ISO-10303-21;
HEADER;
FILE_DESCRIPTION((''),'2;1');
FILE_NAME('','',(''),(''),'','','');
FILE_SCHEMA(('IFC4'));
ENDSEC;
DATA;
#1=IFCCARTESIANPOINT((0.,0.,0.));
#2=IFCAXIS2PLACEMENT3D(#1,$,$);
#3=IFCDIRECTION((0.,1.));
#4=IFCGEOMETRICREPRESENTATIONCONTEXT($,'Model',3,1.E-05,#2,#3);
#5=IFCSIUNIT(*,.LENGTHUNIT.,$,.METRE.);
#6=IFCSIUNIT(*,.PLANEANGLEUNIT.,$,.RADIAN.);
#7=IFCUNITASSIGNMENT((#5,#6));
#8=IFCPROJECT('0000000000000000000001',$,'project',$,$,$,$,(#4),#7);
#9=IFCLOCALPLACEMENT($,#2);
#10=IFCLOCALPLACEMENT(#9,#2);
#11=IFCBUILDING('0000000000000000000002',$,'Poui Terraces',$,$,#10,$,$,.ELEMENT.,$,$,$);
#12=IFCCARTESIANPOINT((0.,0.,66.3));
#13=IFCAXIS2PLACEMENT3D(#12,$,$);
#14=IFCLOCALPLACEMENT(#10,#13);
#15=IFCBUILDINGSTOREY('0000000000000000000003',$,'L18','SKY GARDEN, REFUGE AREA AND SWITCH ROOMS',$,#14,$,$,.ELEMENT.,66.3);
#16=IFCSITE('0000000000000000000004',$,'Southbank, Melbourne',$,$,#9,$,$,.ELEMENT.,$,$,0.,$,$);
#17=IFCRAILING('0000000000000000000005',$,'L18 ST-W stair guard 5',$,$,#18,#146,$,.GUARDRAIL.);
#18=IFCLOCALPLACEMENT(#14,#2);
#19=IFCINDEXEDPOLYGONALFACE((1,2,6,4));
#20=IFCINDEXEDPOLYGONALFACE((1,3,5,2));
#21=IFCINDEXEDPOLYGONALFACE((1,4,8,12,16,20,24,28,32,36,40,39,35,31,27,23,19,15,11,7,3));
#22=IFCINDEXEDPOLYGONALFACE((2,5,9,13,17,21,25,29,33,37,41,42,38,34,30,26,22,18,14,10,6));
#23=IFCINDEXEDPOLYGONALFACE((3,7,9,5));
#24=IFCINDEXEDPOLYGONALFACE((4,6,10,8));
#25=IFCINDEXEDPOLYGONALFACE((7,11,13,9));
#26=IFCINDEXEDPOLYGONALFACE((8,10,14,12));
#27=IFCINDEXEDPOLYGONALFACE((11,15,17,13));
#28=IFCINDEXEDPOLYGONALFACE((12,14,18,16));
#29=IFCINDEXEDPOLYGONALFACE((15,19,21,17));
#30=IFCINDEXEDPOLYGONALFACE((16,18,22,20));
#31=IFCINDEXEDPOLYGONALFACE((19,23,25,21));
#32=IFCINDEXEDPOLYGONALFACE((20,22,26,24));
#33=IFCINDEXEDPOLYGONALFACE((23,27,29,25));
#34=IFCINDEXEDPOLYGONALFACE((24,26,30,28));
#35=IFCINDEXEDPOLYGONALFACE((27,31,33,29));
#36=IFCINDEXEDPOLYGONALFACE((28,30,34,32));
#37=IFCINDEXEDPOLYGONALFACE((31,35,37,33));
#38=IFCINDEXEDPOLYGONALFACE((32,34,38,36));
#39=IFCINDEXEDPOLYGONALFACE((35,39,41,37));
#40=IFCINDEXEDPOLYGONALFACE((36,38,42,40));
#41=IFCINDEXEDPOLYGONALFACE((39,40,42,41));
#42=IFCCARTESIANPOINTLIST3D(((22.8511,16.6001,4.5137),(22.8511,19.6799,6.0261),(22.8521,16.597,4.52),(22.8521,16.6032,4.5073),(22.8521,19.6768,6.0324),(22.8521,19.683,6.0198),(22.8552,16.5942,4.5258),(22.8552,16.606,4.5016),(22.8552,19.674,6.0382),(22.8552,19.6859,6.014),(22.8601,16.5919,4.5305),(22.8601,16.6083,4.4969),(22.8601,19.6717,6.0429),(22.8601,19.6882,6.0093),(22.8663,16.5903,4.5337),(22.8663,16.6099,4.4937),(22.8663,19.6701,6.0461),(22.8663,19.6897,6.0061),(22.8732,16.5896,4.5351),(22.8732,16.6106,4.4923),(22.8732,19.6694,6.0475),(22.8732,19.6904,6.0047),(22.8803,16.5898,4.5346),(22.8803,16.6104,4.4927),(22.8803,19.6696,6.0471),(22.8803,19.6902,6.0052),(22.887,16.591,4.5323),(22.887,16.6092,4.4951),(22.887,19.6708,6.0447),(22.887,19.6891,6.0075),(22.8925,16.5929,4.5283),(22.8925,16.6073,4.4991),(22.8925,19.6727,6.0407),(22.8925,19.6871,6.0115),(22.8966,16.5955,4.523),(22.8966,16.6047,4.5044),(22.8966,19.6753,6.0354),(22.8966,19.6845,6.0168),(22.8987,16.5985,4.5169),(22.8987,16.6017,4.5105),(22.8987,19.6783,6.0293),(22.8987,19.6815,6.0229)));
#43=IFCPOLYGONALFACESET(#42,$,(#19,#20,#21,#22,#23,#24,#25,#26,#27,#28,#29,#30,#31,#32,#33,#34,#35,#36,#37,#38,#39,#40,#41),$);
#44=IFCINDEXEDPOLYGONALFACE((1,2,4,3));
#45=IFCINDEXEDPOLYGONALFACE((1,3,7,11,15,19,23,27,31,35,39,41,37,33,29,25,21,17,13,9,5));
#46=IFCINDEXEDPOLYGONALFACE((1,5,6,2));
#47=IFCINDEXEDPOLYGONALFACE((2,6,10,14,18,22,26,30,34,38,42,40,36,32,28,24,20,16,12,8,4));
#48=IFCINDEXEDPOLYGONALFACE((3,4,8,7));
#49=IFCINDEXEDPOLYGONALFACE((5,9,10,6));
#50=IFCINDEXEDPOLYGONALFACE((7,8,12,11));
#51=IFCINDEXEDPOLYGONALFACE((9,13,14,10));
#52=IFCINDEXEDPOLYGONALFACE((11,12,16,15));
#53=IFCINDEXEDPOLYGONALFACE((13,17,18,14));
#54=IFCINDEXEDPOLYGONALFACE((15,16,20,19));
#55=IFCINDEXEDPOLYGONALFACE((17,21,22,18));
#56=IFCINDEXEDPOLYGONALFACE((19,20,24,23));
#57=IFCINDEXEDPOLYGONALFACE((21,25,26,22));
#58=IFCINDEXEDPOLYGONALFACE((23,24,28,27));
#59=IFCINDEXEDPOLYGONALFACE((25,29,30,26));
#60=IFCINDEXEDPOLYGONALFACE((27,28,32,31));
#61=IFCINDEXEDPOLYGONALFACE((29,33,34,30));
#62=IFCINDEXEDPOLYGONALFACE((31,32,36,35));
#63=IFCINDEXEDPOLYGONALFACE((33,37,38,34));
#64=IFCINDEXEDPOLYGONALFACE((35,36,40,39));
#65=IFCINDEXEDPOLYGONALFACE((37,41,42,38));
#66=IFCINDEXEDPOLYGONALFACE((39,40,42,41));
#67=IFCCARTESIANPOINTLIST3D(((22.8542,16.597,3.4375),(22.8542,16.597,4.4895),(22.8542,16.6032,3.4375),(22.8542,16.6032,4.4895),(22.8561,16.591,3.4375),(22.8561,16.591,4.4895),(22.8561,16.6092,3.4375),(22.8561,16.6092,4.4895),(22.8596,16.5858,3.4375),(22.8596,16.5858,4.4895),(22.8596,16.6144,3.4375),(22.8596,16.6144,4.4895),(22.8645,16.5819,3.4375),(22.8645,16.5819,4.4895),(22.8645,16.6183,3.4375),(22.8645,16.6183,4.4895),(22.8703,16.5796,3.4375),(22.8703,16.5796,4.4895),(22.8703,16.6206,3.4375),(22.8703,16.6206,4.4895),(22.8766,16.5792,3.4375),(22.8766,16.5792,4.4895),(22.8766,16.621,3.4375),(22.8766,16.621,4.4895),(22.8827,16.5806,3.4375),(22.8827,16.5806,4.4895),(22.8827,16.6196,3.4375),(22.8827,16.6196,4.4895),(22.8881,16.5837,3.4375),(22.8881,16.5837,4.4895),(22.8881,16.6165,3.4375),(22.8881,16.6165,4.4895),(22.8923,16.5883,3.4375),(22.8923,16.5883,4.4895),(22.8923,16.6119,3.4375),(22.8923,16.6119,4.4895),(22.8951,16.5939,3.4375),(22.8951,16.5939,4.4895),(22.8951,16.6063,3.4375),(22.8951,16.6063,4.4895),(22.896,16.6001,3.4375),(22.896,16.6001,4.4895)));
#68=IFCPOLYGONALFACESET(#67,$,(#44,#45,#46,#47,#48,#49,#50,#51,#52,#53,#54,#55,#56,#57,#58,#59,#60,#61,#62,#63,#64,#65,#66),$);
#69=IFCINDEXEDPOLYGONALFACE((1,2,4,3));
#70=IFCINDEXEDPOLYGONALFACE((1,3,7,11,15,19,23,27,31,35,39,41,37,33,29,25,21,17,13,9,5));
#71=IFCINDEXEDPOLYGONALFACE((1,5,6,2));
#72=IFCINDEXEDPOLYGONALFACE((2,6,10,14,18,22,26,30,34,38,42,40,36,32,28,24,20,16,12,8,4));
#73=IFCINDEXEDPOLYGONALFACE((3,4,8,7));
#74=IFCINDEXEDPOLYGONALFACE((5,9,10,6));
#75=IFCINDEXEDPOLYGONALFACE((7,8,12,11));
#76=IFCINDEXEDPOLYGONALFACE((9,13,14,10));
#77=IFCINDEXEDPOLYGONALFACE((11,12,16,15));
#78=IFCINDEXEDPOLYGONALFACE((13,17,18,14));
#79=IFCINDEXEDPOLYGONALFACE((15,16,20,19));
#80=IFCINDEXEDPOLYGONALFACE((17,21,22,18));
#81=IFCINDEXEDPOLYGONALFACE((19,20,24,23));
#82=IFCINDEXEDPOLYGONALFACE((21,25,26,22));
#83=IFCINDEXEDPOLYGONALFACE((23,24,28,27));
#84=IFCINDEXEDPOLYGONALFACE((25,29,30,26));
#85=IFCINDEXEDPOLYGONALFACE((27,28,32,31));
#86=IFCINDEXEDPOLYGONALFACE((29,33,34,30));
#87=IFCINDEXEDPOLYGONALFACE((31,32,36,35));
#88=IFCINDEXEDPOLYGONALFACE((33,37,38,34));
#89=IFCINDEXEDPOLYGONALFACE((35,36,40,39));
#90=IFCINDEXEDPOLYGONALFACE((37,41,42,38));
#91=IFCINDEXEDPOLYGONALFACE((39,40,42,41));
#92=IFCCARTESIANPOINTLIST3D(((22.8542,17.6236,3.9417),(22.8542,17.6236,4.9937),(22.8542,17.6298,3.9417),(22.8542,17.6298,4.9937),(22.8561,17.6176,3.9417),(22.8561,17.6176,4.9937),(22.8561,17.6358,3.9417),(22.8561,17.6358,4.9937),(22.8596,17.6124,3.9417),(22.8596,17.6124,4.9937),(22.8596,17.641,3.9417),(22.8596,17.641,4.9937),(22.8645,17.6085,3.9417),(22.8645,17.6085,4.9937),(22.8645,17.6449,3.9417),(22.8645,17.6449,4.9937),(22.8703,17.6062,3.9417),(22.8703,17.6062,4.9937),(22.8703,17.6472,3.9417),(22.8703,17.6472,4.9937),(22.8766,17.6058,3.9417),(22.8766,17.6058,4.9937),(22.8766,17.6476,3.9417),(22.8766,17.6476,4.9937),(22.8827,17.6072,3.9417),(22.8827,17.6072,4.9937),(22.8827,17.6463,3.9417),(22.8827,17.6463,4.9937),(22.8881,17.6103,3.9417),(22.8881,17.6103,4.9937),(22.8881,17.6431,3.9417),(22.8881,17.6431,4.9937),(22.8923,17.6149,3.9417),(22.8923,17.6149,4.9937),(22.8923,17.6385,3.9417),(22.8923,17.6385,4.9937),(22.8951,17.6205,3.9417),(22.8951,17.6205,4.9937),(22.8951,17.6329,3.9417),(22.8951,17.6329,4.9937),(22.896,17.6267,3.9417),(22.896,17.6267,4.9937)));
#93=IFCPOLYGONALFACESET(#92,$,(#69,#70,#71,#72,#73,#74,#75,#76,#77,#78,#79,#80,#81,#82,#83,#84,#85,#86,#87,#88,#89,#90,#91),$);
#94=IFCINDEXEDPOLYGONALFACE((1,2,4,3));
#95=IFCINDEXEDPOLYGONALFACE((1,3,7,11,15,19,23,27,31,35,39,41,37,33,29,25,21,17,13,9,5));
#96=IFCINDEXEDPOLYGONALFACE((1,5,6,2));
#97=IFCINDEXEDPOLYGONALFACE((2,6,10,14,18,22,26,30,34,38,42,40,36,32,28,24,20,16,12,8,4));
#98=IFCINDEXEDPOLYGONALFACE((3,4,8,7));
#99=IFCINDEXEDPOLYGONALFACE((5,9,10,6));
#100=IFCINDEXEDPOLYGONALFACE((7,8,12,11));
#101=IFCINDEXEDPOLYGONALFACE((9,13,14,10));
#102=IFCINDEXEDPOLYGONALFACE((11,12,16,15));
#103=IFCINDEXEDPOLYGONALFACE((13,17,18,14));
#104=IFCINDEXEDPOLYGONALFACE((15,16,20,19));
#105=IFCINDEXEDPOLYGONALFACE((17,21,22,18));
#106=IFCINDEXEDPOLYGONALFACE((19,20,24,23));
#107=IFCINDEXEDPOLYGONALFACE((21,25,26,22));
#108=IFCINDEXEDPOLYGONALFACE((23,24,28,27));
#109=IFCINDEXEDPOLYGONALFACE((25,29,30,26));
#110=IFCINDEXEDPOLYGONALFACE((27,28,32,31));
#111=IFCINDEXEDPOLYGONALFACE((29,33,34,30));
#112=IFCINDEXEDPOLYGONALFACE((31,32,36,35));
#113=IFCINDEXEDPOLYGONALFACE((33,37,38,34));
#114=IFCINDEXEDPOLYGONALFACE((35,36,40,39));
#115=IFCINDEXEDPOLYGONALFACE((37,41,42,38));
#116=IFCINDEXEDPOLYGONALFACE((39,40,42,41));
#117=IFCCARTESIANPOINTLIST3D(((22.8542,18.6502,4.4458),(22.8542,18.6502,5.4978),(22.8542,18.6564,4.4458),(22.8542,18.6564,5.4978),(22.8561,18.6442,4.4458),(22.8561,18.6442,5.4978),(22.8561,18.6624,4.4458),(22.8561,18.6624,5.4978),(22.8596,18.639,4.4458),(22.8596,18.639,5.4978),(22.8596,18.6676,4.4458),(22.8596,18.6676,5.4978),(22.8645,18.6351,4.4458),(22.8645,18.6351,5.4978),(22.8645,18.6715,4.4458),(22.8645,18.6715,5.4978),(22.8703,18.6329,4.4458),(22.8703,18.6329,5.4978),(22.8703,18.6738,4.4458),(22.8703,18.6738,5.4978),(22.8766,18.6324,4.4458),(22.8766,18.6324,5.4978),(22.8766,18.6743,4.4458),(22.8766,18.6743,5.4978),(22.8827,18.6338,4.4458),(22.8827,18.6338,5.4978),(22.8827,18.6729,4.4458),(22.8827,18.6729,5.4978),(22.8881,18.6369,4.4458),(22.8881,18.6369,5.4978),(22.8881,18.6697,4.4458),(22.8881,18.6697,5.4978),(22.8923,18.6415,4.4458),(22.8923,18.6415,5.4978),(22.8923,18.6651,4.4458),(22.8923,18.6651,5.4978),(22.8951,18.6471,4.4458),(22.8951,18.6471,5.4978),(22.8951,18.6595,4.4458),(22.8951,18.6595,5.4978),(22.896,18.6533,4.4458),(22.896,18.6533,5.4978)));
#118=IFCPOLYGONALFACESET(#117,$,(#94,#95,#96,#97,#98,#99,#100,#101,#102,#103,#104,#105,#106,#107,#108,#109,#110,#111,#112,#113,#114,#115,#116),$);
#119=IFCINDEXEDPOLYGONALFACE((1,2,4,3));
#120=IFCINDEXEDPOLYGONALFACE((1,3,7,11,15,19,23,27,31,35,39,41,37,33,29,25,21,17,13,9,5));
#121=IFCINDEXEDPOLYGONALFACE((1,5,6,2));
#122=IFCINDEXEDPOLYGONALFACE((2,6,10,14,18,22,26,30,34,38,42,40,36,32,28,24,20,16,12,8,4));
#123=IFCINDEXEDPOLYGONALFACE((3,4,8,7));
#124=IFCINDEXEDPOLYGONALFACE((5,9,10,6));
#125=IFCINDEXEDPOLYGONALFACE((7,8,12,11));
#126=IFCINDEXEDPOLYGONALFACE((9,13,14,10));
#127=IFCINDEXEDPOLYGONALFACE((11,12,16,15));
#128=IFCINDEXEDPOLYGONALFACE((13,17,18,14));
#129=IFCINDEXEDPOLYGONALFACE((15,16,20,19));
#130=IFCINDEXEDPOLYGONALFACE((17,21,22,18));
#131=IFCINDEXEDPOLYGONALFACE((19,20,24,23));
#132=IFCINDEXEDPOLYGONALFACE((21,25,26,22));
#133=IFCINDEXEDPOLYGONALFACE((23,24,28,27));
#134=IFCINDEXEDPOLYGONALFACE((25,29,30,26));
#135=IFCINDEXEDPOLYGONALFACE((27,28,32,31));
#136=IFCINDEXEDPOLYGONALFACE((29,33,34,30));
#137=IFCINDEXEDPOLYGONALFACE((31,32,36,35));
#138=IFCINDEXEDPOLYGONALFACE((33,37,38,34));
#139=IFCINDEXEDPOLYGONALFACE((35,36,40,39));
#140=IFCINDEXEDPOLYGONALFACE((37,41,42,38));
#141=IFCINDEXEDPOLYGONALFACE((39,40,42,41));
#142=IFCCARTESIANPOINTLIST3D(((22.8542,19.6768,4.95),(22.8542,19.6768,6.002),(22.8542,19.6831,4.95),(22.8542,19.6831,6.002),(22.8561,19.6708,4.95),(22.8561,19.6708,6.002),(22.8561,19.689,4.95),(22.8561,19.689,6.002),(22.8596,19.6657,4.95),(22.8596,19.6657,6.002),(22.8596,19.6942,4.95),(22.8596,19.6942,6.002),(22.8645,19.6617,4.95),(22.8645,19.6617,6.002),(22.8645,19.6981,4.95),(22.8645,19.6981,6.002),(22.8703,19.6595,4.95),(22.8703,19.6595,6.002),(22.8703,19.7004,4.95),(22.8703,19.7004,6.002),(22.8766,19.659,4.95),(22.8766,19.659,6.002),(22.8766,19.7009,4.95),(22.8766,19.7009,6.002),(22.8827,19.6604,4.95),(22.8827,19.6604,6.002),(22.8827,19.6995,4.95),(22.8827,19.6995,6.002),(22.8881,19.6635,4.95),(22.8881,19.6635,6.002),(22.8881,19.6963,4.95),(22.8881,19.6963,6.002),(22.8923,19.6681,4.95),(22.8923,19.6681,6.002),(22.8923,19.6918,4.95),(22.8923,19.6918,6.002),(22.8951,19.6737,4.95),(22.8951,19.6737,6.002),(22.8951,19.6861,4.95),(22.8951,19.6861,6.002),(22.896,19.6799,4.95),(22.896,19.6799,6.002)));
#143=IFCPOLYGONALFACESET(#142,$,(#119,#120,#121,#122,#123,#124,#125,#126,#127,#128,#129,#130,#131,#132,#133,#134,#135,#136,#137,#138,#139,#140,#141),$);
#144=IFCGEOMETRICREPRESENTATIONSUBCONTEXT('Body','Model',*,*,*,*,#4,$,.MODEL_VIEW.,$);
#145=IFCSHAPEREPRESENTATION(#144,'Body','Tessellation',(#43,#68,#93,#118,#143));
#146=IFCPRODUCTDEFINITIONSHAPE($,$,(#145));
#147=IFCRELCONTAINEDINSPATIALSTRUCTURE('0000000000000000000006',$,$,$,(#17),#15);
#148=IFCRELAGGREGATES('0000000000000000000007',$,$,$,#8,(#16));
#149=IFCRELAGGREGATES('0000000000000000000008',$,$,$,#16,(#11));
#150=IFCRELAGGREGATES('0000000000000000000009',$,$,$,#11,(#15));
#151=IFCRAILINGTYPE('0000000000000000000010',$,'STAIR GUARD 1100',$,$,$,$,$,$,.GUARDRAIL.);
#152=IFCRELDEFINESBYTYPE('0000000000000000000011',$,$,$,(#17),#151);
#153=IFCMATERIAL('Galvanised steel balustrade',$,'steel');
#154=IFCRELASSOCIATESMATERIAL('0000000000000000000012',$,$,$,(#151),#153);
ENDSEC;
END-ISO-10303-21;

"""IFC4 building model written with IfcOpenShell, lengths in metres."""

from ifc_helpers import new_model, si_unit, direction, frame, origin, origin_2d, place, context, subcontext, project, spatial, circle, extrude, material, type_object, element, save


model = new_model("IFC4")

# Units and contexts
model_context = context("Model", 3, precision=1e-05, world=origin(), true_north=direction((0.0, 1.0)))
body_context = subcontext(model_context, "Body", "Model", "MODEL_VIEW")
ifc_project = project(units=[si_unit("LENGTHUNIT", "METRE"), si_unit("PLANEANGLEUNIT", "RADIAN")], contexts=[model_context])

# Site, building, storey
site_placement = place(None, origin())
site = spatial("IfcSite", under=ifc_project, at=site_placement, Name="Southbank, Melbourne", CompositionType="ELEMENT", RefElevation=0.0)
building_placement = place(site_placement, origin())
building = spatial("IfcBuilding", under=site, at=building_placement, Name="Poui Terraces", CompositionType="ELEMENT")
storey_placement = place(building_placement, frame((0.0, 0.0, 66.3)))
storey = spatial("IfcBuildingStorey", under=building, at=storey_placement, Name="L18", Description="SKY GARDEN, REFUGE AREA AND SWITCH ROOMS", CompositionType="ELEMENT", Elevation=66.3)

# Railing
ifc_material_1 = material(Name="Galvanised steel balustrade", Category="steel")
railing_type_1 = type_object("IfcRailingType", Name="STAIR GUARD 1100", PredefinedType="GUARDRAIL", material=ifc_material_1)
railing_1_placement = place(storey_placement, frame((22.875, 16.6001, 3.4375)))
element("IfcRailing", 1, at=railing_1_placement, inside=storey, type_object=railing_type_1, Name="L18 ST-W stair guard 5", PredefinedType="GUARDRAIL", context=body_context, shape_type="SweptSolid", body=[
    extrude(circle(Radius=0.0239, at=origin_2d()), frame((0.0, 0.0, 1.0762), z_axis=(0.0, 0.897606, 0.440798), x_axis=(-1.0, 0.0, 0.0)), (0.0, 0.0, 1.0), 3.4312),
    extrude(circle(Radius=0.021, at=origin_2d()), origin(), (0.0, 0.0, 1.0), 1.052),
    extrude(circle(Radius=0.021, at=origin_2d()), frame((0.0, 1.0266, 0.5042)), (0.0, 0.0, 1.0), 1.052),
    extrude(circle(Radius=0.021, at=origin_2d()), frame((0.0, 2.0532, 1.0083)), (0.0, 0.0, 1.0), 1.052),
    extrude(circle(Radius=0.021, at=origin_2d()), frame((0.0, 3.0798, 1.5125)), (0.0, 0.0, 1.0), 1.052),
])

save(model, "model.ifc")
